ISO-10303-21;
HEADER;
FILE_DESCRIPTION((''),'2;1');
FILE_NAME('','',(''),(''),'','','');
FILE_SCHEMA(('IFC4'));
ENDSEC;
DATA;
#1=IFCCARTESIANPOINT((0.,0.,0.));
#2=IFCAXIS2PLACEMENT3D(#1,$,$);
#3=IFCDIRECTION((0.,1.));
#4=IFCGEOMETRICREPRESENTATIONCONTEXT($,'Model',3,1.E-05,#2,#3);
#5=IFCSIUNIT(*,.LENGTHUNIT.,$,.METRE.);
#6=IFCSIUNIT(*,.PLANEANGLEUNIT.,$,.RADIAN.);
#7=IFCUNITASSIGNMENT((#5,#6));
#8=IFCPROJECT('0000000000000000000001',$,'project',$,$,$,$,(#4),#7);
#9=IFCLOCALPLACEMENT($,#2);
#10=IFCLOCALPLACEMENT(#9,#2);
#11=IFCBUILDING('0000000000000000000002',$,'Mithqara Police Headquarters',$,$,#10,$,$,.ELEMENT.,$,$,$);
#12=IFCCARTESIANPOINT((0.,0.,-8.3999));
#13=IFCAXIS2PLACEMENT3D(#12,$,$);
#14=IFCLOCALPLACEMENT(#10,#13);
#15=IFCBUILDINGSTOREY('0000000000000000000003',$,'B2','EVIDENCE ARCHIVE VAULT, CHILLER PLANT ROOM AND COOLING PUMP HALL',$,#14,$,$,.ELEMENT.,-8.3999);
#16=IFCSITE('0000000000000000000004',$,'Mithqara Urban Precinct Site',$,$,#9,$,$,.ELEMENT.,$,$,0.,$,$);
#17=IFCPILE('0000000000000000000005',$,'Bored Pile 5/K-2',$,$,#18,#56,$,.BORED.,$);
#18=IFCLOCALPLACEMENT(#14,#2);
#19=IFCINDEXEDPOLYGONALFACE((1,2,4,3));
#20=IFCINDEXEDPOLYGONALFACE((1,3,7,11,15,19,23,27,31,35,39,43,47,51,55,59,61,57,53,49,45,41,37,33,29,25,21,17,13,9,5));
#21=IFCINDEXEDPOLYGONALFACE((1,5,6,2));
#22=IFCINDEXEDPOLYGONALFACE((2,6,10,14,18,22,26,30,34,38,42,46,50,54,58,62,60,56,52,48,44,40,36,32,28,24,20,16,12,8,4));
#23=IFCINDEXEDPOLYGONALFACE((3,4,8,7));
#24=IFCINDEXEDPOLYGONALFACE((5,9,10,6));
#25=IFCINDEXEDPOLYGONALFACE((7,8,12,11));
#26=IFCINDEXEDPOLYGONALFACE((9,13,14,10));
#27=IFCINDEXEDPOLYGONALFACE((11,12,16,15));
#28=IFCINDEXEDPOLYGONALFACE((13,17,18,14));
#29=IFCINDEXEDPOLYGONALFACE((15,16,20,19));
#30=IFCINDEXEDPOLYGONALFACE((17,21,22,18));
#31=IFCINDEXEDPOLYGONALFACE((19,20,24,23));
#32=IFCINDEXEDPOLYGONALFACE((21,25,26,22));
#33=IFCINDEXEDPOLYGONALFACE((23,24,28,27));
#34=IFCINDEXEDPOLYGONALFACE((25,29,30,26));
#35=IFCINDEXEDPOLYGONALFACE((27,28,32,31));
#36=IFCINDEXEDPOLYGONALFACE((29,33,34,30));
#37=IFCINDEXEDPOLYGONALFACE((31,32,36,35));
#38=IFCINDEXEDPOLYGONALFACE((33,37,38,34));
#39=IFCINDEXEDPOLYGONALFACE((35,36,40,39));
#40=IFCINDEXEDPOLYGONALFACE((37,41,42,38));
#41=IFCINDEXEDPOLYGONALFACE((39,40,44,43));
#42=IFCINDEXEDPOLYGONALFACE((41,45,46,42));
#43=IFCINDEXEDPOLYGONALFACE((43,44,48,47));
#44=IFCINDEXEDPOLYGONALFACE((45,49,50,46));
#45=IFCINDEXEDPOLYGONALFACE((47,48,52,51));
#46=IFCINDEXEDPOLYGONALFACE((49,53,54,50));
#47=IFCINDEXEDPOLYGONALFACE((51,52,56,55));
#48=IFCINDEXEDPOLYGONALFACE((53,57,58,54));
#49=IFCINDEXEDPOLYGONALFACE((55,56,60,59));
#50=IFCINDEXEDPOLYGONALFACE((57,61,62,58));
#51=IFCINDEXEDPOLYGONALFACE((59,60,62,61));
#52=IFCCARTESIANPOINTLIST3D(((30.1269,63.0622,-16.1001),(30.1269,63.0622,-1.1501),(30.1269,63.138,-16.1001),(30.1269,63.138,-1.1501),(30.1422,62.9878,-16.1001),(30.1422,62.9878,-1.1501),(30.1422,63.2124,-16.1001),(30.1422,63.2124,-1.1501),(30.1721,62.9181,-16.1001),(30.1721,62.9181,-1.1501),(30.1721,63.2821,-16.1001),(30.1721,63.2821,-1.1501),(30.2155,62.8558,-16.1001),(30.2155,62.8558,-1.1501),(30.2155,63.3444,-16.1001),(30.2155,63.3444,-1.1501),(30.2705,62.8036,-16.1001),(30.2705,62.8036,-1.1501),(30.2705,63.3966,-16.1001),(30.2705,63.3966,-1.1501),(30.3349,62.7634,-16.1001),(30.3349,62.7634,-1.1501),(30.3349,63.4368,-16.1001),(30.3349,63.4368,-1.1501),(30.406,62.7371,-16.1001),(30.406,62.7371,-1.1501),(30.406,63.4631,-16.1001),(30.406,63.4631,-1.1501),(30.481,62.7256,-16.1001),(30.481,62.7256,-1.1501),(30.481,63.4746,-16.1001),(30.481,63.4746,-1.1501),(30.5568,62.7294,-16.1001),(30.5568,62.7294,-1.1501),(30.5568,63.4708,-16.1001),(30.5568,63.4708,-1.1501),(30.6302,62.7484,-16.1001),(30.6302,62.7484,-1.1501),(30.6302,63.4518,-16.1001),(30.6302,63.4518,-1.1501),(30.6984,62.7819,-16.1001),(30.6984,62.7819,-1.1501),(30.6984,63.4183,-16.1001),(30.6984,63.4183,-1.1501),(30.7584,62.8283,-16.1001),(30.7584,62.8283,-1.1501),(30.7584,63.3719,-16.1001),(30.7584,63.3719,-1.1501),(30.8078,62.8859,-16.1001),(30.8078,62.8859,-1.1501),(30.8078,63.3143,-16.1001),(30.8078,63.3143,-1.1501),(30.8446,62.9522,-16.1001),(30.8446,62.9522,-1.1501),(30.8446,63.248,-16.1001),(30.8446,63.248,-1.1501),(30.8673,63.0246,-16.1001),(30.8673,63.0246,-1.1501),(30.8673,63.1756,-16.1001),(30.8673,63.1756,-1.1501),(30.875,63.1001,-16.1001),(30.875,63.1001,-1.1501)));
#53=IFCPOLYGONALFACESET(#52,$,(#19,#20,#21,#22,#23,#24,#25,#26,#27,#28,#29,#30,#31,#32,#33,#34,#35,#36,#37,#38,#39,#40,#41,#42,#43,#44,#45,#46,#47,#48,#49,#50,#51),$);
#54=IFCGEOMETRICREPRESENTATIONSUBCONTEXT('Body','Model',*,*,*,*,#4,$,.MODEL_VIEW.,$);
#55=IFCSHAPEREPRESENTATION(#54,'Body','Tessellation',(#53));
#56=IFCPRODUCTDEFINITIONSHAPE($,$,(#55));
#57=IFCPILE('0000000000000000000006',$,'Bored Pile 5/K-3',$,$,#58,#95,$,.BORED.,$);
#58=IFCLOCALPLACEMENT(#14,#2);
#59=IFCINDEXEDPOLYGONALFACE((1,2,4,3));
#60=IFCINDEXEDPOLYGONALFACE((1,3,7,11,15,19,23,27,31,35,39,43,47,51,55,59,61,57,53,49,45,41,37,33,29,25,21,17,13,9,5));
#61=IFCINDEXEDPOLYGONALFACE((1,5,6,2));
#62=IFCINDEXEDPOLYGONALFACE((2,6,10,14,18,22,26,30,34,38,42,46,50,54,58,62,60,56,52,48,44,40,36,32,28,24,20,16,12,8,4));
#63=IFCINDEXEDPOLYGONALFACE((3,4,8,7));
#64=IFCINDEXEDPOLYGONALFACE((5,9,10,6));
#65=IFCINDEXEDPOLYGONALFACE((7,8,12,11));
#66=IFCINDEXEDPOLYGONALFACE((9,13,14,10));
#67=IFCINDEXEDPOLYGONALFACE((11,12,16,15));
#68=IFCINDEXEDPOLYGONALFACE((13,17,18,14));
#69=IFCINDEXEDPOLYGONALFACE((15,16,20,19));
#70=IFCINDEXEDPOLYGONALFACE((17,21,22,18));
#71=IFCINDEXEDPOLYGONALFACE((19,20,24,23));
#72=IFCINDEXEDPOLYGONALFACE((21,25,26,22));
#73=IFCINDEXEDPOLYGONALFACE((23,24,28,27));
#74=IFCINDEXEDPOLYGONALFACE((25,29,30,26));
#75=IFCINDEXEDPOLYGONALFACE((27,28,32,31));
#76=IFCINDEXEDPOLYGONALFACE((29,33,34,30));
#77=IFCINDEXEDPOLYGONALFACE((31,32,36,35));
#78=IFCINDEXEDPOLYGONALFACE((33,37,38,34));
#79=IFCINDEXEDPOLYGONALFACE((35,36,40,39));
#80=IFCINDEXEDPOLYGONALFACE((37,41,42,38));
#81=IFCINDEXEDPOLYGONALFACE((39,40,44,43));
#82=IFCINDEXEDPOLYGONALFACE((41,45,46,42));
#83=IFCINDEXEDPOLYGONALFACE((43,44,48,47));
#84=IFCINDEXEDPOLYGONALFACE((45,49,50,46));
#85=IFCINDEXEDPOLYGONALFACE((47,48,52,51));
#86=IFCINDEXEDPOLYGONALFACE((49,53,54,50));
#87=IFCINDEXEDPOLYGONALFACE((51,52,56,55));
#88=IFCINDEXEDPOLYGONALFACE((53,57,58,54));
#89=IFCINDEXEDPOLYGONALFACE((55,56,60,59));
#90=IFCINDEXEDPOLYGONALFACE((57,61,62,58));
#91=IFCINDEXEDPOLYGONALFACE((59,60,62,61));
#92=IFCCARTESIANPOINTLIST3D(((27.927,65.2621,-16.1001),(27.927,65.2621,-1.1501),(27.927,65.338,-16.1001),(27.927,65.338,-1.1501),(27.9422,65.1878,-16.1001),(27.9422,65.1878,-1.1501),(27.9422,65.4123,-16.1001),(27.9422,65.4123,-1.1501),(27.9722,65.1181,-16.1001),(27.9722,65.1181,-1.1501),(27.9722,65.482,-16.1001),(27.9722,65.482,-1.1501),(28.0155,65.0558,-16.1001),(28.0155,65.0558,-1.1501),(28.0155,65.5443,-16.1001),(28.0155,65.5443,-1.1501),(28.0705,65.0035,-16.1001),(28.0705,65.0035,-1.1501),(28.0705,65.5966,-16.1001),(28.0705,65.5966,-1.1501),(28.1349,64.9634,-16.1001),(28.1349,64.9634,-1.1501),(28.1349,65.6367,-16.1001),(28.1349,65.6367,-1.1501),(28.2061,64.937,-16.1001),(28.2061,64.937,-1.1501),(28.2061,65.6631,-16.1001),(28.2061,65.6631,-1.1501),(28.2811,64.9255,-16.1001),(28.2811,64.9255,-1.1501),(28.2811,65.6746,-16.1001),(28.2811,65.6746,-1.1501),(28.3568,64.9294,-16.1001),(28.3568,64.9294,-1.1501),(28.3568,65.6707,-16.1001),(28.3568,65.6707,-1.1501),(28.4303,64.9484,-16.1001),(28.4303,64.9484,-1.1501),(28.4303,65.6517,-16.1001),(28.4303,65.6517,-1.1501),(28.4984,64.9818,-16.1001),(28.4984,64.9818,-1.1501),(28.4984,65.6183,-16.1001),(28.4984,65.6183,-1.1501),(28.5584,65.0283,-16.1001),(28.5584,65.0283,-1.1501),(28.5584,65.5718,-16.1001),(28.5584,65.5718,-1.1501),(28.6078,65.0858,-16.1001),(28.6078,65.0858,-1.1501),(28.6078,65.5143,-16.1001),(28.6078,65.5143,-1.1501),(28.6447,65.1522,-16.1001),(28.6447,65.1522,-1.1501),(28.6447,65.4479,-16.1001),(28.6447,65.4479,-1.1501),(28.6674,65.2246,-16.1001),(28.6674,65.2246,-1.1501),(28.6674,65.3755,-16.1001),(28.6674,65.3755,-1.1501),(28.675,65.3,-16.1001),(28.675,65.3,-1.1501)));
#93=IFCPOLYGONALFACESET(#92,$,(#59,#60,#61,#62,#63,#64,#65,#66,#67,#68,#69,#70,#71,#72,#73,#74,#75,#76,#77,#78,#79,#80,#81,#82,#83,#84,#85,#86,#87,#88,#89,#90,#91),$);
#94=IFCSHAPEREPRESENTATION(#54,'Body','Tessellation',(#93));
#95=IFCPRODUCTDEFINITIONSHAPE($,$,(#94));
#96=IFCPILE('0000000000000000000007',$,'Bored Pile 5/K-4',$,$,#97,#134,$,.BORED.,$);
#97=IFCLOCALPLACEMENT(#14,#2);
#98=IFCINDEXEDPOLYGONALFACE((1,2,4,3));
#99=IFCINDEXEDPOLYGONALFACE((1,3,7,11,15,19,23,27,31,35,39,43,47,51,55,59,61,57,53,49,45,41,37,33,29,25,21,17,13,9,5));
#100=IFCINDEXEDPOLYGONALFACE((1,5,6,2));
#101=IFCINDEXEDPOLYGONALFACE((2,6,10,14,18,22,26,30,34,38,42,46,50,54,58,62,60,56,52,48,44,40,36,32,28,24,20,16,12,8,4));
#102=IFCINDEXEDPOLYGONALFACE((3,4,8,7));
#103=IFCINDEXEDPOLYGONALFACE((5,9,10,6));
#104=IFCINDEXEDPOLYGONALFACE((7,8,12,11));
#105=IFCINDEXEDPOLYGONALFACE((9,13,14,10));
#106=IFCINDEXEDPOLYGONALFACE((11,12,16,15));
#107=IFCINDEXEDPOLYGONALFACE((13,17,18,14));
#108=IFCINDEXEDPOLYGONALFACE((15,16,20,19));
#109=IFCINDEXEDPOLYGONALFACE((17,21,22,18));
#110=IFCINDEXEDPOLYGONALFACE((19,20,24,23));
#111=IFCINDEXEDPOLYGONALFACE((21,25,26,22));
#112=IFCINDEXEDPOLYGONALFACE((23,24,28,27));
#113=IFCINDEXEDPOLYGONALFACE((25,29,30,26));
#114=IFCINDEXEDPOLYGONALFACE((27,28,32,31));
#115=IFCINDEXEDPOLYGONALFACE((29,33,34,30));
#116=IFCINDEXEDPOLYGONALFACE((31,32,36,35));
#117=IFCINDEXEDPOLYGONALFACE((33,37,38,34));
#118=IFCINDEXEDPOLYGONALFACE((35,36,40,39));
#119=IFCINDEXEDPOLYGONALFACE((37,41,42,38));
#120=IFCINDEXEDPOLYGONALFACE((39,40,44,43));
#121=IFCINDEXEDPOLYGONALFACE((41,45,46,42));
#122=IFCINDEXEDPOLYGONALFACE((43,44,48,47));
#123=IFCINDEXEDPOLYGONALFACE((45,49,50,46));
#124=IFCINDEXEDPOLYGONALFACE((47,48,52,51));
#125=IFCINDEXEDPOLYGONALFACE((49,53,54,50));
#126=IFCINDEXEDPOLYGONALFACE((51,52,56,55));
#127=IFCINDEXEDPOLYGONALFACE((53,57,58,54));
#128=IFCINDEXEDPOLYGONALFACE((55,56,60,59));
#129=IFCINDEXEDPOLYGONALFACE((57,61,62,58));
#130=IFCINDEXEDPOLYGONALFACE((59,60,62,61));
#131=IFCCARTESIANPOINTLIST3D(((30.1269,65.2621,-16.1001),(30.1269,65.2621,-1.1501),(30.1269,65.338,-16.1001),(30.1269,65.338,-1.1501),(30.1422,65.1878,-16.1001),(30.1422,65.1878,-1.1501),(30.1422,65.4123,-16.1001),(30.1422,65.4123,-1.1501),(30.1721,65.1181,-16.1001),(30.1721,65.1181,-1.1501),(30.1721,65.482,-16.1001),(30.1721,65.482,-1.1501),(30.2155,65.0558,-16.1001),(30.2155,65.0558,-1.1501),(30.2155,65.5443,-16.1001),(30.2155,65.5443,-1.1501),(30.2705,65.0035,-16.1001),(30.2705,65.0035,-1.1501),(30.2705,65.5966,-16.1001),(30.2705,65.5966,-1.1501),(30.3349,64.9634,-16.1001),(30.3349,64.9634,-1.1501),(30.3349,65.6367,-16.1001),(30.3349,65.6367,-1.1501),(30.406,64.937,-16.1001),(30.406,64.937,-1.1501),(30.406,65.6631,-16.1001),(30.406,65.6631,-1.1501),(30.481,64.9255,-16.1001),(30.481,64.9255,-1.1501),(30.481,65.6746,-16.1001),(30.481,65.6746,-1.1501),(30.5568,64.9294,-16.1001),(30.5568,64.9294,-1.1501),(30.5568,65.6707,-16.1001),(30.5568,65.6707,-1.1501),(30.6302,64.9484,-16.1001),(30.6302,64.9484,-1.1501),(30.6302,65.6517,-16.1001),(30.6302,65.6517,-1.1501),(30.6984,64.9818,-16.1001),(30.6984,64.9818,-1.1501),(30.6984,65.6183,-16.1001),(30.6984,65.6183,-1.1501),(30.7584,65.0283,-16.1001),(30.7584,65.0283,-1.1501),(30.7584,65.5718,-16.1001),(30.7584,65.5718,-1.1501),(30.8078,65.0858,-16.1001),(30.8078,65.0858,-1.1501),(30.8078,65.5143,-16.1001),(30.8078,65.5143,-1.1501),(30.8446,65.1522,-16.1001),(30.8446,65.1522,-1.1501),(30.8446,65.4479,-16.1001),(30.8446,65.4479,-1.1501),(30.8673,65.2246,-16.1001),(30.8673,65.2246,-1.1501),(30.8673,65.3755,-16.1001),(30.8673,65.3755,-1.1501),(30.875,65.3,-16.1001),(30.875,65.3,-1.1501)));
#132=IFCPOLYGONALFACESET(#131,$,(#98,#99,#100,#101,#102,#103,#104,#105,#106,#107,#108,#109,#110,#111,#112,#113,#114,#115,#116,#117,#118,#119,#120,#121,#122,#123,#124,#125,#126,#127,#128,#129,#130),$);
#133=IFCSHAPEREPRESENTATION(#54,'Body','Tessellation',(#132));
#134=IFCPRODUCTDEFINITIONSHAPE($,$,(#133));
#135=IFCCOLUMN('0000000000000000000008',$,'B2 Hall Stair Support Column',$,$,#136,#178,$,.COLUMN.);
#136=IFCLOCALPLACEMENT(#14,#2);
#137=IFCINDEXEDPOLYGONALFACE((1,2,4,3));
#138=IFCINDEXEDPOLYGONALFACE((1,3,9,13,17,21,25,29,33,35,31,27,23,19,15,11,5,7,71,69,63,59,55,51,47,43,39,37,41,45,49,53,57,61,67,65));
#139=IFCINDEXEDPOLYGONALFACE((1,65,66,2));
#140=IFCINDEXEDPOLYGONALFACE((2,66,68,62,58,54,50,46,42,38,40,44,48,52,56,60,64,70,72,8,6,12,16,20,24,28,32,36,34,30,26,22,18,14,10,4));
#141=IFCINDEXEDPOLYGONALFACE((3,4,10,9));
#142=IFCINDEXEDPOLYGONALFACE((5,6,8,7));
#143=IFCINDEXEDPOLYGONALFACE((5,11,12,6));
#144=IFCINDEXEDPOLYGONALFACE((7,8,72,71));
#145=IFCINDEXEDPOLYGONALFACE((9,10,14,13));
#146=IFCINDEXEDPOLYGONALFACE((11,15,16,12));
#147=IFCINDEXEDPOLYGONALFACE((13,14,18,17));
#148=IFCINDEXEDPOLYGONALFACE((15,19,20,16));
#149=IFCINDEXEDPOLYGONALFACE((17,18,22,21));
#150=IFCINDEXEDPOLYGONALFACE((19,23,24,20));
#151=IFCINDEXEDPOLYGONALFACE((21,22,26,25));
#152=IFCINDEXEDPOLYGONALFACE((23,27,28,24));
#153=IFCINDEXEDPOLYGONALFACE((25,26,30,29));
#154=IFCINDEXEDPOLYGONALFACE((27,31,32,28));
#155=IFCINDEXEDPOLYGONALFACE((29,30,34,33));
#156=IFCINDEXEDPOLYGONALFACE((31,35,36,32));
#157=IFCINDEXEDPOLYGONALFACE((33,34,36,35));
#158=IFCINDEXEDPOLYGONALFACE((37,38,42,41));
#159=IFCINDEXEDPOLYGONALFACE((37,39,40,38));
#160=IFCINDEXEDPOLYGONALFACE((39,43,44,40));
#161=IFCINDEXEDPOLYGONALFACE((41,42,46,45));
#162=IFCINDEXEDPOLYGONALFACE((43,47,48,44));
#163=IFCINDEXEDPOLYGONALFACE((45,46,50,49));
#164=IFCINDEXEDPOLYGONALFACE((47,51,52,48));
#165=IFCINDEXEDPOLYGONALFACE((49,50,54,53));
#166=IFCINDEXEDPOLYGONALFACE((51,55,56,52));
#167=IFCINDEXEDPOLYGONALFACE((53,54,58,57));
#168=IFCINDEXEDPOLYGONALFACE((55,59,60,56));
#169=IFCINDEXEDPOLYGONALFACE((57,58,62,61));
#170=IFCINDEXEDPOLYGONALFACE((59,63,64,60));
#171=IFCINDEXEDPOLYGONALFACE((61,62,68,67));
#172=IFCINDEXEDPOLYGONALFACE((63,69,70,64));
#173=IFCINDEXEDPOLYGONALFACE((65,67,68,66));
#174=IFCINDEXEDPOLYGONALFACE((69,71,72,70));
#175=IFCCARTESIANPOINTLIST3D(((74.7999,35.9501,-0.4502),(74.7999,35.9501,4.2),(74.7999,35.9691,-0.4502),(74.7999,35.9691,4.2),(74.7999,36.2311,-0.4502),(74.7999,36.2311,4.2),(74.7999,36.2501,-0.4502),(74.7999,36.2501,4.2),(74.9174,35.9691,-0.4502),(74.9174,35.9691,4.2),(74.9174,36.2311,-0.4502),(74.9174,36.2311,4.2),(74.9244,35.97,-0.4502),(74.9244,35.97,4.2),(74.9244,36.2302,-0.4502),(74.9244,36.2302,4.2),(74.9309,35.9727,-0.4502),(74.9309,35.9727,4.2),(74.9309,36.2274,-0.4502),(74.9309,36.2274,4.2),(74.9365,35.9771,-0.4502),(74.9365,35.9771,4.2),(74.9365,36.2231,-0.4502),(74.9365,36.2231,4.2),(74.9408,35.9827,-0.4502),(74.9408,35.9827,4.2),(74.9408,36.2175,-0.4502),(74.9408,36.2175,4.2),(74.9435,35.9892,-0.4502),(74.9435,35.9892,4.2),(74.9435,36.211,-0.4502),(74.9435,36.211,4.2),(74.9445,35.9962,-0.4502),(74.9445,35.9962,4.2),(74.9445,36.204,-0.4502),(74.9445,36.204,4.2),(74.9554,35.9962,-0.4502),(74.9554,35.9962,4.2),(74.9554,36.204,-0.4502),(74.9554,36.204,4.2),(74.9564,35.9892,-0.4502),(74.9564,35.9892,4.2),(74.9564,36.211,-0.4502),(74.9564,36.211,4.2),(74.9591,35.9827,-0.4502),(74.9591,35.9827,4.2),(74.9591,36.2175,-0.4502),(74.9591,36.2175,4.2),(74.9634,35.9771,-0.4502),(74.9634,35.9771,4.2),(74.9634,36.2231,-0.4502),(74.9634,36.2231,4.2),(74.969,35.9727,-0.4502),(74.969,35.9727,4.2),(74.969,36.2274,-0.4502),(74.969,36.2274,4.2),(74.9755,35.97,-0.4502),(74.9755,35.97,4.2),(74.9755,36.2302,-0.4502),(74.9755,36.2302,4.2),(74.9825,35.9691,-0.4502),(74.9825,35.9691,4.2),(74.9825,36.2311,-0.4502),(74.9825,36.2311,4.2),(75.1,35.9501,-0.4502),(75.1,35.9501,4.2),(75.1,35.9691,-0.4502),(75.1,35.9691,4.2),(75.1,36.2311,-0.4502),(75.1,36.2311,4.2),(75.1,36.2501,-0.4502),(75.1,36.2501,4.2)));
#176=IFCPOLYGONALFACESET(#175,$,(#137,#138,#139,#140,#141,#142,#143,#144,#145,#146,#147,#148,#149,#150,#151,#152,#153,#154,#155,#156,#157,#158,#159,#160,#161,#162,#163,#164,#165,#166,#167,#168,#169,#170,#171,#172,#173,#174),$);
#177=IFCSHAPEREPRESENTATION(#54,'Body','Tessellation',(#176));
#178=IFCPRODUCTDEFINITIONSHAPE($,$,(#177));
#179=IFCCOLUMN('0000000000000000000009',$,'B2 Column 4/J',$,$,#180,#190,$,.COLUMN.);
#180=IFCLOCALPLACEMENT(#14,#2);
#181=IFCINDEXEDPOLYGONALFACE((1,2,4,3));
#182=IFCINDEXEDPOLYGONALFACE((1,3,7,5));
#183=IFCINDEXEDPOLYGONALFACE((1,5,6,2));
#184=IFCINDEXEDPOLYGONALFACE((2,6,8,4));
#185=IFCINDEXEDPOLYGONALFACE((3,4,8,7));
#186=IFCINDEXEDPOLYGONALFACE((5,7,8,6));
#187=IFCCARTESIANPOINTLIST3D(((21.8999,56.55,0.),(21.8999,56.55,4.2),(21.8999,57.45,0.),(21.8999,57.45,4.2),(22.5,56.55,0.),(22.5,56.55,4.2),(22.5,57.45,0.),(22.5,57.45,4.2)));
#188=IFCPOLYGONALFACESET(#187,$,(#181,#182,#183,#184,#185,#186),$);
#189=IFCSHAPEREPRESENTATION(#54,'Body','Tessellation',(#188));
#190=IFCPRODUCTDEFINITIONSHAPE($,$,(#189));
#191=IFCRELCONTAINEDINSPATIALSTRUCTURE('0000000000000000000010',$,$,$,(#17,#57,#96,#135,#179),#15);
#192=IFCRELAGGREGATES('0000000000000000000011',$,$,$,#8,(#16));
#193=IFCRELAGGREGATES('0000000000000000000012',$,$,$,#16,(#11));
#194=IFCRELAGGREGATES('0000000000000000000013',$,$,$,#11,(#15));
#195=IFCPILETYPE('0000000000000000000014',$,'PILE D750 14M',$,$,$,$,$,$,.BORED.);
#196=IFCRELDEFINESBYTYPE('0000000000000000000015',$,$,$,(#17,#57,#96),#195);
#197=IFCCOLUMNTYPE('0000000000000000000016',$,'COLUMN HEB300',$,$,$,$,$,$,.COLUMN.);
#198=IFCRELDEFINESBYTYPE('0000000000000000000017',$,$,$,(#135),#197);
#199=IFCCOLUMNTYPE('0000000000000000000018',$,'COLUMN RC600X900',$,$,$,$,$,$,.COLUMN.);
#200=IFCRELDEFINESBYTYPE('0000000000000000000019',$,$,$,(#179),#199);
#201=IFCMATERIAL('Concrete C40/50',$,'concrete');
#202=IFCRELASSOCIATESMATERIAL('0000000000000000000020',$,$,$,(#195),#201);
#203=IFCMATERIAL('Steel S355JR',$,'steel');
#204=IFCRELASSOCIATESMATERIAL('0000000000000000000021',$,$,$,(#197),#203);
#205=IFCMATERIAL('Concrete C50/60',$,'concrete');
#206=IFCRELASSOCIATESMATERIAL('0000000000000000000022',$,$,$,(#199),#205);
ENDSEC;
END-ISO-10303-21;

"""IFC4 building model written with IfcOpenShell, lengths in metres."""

from ifc_helpers import new_model, si_unit, direction, frame, origin, origin_2d, place, context, subcontext, project, spatial, rectangle, circle, i_section, extrude, material, material_profile, profile_set, type_object, element, save


model = new_model("IFC4")

# Units and contexts
model_context = context("Model", 3, precision=1e-05, world=origin(), true_north=direction((0.0, 1.0)))
body_context = subcontext(model_context, "Body", "Model", "MODEL_VIEW")
ifc_project = project(units=[si_unit("LENGTHUNIT", "METRE"), si_unit("PLANEANGLEUNIT", "RADIAN")], contexts=[model_context])

# Site, building, storey
site_placement = place(None, origin())
site = spatial("IfcSite", under=ifc_project, at=site_placement, Name="Mithqara Urban Precinct Site", CompositionType="ELEMENT", RefElevation=0.0)
building_placement = place(site_placement, origin())
building = spatial("IfcBuilding", under=site, at=building_placement, Name="Mithqara Police Headquarters", CompositionType="ELEMENT")
storey_placement = place(building_placement, frame((0.0, 0.0, -8.3999)))
storey = spatial("IfcBuildingStorey", under=building, at=storey_placement, Name="B2", Description="EVIDENCE ARCHIVE VAULT, CHILLER PLANT ROOM AND COOLING PUMP HALL", CompositionType="ELEMENT", Elevation=-8.3999)

# Shared definitions
ifc_material_1 = material(Name="Concrete C40/50", Category="concrete")

# Piles
ifc_material_profile_1 = material_profile(ifc_material_1, circle(Radius=0.375, at=origin_2d()), Name="PILE D750")
ifc_profile_set_1 = profile_set([ifc_material_profile_1], Name="Concrete C40/50")
pile_type_1 = type_object("IfcPileType", Name="PILE D750 14M", PredefinedType="BORED", material=ifc_profile_set_1)
for number, where, z_axis, x_axis, name in (
    (1, (30.5, 63.1001, -1.1501), (0.0, 0.0, -1.0), (1.0, 0.0, 0.0), "Bored Pile 5/K-2"),
    (2, (28.3, 65.3, -1.1501), (0.0, 0.0, -1.0), (1.0, 0.0, 0.0), "Bored Pile 5/K-3"),
    (3, (30.5, 65.3, -1.1501), (0.0, 0.0, -1.0), (1.0, 0.0, 0.0), "Bored Pile 5/K-4"),
):
    element("IfcPile", number, at=place(storey_placement, frame(where, z_axis=z_axis, x_axis=x_axis)), inside=storey, type_object=pile_type_1, Name=name, PredefinedType="BORED", context=body_context, shape_type="SweptSolid", body=[
        extrude(circle(Radius=0.375, at=origin_2d()), origin(), (0.0, 0.0, 1.0), 14.95),
    ])

# Columns
ifc_material_2 = material(Name="Steel S355JR", Category="steel")
ifc_material_profile_2 = material_profile(ifc_material_2, i_section(OverallWidth=0.3, OverallDepth=0.3, WebThickness=0.011, FlangeThickness=0.019, FilletRadius=0.0271, at=origin_2d()), Name="HEB 300")
ifc_profile_set_2 = profile_set([ifc_material_profile_2], Name="Steel S355JR")
column_type_1 = type_object("IfcColumnType", Name="COLUMN HEB300", PredefinedType="COLUMN", material=ifc_profile_set_2)
column_1_placement = place(storey_placement, frame((74.95, 36.1001, -0.4502), z_axis=(0.0, 0.0, 1.0), x_axis=(1.0, 0.0, 0.0)))
element("IfcColumn", 4, at=column_1_placement, inside=storey, type_object=column_type_1, Name="B2 Hall Stair Support Column", PredefinedType="COLUMN", context=body_context, shape_type="SweptSolid", body=[
    extrude(i_section(OverallWidth=0.3, OverallDepth=0.3, WebThickness=0.011, FlangeThickness=0.019, FilletRadius=0.0271, at=origin_2d()), origin(), (0.0, 0.0, 1.0), 4.6501),
])
ifc_material_3 = material(Name="Concrete C50/60", Category="concrete")
ifc_material_profile_3 = material_profile(ifc_material_3, rectangle(XDim=0.6001, YDim=0.8999, at=origin_2d()), Name="RC 600x900")
ifc_profile_set_3 = profile_set([ifc_material_profile_3], Name="Concrete C50/60")
column_type_2 = type_object("IfcColumnType", Name="COLUMN RC600X900", PredefinedType="COLUMN", material=ifc_profile_set_3)
column_2_placement = place(storey_placement, frame((22.2, 57.0, 0.0), z_axis=(0.0, 0.0, 1.0), x_axis=(1.0, 0.0, 0.0)))
element("IfcColumn", 5, at=column_2_placement, inside=storey, type_object=column_type_2, Name="B2 Column 4/J", PredefinedType="COLUMN", context=body_context, shape_type="SweptSolid", body=[
    extrude(rectangle(XDim=0.6001, YDim=0.8999, at=origin_2d()), origin(), (0.0, 0.0, 1.0), 4.2),
])

save(model, "model.ifc")
